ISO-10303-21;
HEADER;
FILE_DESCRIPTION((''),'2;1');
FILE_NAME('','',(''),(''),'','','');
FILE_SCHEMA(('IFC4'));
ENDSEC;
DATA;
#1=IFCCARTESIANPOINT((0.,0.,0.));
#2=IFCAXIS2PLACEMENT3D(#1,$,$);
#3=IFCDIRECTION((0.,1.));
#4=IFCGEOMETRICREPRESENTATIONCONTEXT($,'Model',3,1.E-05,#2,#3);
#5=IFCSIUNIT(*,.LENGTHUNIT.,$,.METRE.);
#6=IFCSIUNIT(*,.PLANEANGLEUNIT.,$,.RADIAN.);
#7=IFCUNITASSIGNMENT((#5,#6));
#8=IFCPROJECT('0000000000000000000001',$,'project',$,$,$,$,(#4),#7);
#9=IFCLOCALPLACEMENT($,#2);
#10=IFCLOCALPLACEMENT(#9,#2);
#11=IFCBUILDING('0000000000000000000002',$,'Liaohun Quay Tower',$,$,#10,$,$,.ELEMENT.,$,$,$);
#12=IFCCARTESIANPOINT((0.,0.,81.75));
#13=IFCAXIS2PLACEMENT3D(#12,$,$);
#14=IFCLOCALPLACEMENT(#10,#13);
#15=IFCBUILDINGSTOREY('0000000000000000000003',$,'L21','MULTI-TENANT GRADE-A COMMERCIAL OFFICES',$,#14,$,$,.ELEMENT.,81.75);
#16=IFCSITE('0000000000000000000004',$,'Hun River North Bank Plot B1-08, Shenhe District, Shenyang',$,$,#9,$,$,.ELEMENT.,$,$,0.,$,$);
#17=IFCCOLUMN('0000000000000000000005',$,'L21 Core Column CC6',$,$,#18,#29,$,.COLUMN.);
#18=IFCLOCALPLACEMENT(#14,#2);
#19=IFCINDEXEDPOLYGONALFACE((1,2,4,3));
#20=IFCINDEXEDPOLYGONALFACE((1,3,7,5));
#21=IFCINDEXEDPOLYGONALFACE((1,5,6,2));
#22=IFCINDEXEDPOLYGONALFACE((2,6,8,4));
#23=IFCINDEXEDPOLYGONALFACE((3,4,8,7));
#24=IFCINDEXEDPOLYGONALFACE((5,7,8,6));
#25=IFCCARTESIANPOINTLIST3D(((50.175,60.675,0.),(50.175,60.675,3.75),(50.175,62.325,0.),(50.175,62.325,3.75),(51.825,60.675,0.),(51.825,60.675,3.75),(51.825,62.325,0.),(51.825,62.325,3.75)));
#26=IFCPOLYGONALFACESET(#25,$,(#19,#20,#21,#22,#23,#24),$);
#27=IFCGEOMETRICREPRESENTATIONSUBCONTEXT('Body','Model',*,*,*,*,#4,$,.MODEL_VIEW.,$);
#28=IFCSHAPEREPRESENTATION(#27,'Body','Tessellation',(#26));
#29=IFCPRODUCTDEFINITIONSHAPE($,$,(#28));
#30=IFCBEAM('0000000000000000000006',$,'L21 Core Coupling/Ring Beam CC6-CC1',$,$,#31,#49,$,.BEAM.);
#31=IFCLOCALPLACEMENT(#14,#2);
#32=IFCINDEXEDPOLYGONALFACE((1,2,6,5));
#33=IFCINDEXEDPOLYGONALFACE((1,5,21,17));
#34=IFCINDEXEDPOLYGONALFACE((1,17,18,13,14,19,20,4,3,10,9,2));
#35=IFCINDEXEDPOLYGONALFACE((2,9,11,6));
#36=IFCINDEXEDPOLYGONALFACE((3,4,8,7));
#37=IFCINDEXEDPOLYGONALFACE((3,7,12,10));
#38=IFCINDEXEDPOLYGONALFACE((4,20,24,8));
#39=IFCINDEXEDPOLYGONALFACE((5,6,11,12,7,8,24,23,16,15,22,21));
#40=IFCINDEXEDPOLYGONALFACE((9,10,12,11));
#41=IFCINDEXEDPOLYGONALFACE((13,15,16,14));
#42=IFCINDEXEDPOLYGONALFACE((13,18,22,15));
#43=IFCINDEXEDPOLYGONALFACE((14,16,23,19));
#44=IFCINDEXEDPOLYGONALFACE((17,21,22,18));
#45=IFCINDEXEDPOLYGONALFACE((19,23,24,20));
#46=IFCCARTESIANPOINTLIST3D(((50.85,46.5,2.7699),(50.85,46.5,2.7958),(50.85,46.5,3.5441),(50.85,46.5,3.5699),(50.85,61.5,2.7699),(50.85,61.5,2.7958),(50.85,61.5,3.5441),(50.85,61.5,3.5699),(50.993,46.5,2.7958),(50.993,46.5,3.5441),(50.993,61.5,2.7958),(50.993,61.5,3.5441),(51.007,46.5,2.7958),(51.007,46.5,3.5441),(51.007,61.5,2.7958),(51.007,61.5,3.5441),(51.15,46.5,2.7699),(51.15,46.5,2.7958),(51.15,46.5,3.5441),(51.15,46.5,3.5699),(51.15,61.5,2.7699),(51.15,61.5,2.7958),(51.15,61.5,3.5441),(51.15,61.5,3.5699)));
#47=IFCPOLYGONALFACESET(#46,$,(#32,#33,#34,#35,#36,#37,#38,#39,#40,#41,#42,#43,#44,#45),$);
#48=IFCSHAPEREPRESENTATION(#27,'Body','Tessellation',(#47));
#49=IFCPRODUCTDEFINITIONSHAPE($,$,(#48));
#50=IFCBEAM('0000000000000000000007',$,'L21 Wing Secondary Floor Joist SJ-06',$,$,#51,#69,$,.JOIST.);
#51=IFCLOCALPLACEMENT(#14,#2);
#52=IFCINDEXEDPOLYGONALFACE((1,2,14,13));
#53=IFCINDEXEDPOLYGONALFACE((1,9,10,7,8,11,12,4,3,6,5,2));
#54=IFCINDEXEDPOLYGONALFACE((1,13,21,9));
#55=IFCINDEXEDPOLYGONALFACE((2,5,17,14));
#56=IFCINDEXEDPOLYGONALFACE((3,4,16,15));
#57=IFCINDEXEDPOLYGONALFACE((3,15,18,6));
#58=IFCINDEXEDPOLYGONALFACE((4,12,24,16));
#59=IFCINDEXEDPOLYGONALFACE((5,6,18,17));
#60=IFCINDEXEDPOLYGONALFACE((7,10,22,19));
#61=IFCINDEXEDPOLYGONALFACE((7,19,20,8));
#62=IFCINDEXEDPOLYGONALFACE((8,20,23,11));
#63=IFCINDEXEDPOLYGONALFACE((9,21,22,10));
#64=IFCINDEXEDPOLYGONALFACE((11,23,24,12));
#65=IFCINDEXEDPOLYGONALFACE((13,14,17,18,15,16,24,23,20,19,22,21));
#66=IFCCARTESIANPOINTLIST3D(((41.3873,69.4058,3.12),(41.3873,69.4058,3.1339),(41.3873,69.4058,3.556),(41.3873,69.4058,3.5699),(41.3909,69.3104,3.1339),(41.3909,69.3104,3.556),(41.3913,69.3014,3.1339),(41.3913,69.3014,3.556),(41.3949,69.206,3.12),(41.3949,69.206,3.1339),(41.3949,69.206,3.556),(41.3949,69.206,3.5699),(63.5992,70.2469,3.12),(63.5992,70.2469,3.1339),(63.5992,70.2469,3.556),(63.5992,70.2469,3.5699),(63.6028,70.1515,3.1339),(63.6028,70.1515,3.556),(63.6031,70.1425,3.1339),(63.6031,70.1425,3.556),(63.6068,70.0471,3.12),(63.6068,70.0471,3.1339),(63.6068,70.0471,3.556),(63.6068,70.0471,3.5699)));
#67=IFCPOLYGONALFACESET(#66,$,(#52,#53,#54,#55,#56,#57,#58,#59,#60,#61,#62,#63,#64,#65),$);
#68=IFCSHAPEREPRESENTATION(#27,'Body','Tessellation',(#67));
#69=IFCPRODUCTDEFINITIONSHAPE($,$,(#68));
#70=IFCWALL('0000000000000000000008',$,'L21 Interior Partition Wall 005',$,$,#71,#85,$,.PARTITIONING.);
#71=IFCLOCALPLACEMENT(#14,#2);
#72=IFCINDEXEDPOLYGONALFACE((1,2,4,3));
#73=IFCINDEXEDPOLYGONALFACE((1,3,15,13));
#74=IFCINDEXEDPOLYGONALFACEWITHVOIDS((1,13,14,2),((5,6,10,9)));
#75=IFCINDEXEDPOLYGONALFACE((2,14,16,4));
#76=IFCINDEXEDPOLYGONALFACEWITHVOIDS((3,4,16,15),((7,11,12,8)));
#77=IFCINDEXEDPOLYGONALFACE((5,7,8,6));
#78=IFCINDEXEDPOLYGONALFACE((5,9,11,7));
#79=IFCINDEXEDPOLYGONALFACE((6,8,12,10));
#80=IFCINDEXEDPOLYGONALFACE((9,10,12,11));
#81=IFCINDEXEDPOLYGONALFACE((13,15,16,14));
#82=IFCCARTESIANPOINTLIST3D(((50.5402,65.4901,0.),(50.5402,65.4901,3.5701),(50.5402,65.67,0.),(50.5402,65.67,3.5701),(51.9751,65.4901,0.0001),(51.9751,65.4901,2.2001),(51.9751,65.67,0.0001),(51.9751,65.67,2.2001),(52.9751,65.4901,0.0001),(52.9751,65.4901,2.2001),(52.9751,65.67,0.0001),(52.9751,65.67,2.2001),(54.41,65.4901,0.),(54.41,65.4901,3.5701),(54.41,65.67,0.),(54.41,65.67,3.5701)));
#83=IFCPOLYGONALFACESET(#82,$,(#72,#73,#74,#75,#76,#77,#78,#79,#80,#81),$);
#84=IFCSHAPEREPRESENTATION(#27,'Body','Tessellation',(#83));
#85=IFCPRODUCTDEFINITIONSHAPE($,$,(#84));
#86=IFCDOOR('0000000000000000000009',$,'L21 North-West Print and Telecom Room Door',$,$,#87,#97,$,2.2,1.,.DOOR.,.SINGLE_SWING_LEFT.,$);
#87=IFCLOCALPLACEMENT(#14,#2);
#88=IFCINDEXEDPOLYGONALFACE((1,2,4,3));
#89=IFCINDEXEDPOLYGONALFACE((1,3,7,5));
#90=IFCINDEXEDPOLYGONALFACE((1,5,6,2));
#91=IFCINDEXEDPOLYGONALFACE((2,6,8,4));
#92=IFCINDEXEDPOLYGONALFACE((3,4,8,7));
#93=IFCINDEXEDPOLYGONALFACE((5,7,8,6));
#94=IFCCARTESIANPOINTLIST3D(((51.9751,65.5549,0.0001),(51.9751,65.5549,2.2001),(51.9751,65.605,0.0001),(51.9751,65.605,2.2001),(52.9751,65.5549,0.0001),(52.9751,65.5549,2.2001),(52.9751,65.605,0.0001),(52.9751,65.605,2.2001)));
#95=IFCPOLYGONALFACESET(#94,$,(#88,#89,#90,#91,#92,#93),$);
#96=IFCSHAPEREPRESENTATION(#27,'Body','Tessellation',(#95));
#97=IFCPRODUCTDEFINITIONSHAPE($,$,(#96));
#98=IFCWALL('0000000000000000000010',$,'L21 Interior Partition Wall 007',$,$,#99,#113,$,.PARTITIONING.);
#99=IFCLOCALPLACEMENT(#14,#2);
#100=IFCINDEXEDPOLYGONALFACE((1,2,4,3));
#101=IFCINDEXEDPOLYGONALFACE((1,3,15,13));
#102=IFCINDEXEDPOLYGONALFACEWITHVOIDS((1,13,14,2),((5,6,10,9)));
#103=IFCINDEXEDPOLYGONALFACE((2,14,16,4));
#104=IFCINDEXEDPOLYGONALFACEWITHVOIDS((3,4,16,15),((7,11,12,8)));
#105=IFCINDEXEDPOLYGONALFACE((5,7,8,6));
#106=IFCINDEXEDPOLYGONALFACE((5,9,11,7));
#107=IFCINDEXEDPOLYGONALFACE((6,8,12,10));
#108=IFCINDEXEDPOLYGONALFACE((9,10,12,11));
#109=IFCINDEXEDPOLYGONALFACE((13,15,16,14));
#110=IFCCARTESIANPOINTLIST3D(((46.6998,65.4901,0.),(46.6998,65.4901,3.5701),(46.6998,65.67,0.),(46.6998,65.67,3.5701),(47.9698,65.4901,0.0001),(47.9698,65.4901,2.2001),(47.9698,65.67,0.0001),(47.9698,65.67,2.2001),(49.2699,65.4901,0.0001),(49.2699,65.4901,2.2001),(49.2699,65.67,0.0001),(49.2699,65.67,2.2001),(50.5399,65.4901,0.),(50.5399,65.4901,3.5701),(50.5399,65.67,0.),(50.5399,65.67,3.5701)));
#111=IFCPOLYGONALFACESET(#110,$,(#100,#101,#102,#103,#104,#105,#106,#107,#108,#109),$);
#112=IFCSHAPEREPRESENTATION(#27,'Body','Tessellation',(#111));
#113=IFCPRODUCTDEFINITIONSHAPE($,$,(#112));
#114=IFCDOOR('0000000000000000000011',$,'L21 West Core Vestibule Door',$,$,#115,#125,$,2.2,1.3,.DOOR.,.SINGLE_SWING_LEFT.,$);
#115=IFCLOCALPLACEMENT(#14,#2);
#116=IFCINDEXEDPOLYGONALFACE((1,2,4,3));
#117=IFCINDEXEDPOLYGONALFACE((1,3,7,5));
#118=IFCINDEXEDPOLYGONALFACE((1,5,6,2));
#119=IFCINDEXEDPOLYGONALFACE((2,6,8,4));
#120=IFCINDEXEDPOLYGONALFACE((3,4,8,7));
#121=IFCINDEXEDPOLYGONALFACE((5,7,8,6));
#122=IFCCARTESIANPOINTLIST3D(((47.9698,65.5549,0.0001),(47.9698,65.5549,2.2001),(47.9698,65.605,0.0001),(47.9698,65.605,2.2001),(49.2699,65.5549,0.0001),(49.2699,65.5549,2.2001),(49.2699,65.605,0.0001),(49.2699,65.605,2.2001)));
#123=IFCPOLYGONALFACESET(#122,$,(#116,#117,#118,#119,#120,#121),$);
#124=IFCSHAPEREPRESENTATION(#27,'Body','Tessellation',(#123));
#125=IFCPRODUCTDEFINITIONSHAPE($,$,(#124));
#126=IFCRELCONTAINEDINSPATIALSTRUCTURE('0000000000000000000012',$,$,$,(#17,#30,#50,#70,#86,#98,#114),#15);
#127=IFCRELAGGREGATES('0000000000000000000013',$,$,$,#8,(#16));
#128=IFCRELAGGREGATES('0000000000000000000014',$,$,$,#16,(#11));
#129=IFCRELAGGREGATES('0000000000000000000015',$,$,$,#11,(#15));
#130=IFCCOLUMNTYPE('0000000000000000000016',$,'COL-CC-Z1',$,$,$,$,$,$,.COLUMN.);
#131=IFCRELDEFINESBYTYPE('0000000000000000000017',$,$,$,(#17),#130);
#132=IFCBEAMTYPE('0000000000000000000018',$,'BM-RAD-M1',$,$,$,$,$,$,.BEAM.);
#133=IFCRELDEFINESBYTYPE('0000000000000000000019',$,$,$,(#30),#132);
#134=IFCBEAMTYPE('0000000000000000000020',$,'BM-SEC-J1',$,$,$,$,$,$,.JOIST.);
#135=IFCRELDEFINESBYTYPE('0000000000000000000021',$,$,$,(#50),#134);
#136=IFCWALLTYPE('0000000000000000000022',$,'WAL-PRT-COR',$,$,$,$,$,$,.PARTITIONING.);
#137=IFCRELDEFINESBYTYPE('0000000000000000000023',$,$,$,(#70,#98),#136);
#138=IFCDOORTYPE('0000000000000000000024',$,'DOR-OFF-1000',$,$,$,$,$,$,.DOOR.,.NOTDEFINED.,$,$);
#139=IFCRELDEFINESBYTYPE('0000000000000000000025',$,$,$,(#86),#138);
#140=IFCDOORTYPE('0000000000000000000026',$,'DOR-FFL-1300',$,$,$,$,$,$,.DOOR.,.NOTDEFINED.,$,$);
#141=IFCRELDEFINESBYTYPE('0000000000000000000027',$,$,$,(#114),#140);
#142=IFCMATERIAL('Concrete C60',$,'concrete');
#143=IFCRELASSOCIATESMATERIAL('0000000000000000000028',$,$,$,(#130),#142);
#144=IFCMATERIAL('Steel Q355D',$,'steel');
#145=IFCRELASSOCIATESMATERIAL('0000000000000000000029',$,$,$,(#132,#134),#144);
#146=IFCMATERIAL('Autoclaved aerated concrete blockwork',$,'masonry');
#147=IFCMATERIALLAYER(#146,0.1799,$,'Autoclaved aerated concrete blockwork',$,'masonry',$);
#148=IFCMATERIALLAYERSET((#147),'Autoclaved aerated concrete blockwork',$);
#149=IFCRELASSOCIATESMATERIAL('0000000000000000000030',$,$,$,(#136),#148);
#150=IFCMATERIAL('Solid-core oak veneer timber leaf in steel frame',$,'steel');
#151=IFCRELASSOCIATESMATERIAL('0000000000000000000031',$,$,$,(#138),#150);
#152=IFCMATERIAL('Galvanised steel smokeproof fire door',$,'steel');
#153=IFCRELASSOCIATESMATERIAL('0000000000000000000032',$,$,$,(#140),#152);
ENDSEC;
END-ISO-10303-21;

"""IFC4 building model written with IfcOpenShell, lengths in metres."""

from ifc_helpers import new_model, si_unit, direction, frame, frame_2d, origin, origin_2d, place, context, subcontext, project, spatial, rectangle, i_section, extrude, source, transform, mapped, material, layer, layer_set, material_profile, profile_set, type_object, element, fill, save


model = new_model("IFC4")

# Units and contexts
model_context = context("Model", 3, precision=1e-05, world=origin(), true_north=direction((0.0, 1.0)))
body_context = subcontext(model_context, "Body", "Model", "MODEL_VIEW")
ifc_project = project(units=[si_unit("LENGTHUNIT", "METRE"), si_unit("PLANEANGLEUNIT", "RADIAN")], contexts=[model_context])

# Site, building, storey
site_placement = place(None, origin())
site = spatial("IfcSite", under=ifc_project, at=site_placement, Name="Hun River North Bank Plot B1-08, Shenhe District, Shenyang", CompositionType="ELEMENT", RefElevation=0.0)
building_placement = place(site_placement, origin())
building = spatial("IfcBuilding", under=site, at=building_placement, Name="Liaohun Quay Tower", CompositionType="ELEMENT")
storey_placement = place(building_placement, frame((0.0, 0.0, 81.75)))
storey = spatial("IfcBuildingStorey", under=building, at=storey_placement, Name="L21", Description="MULTI-TENANT GRADE-A COMMERCIAL OFFICES", CompositionType="ELEMENT", Elevation=81.75)

# Column
ifc_material_1 = material(Name="Concrete C60", Category="concrete")
ifc_material_profile_1 = material_profile(ifc_material_1, rectangle(XDim=1.6499, YDim=1.6499, at=origin_2d()), Name="RC1650x1650")
ifc_profile_set_1 = profile_set([ifc_material_profile_1], Name="Concrete C60")
column_type = type_object("IfcColumnType", Name="COL-CC-Z1", PredefinedType="COLUMN", material=ifc_profile_set_1)
shared_shape_1 = source(origin(), body_context, "Body", "SweptSolid", [
    extrude(rectangle(XDim=1.6499, YDim=1.6499, at=origin_2d()), origin(), (0.0, 0.0, 1.0), 3.75),
])
column_placement = place(storey_placement, frame((51.0, 61.5, 0.0), z_axis=(0.0, 0.0, 1.0), x_axis=(1.0, 0.0, 0.0)))
element("IfcColumn", 1, at=column_placement, inside=storey, type_object=column_type, Name="L21 Core Column CC6", PredefinedType="COLUMN", context=body_context, shape_type="MappedRepresentation", body=[
    mapped(shared_shape_1, transform((0.0, 0.0, 0.0), x_axis=(1.0, 0.0, 0.0), y_axis=(0.0, 1.0, 0.0), z_axis=(0.0, 0.0, 1.0), scale=1.0)),
])

# Beams
ifc_material_2 = material(Name="Steel Q355D", Category="steel")
ifc_material_profile_2 = material_profile(ifc_material_2, i_section(OverallWidth=0.3, OverallDepth=0.8, WebThickness=0.0139, FlangeThickness=0.0259, at=origin_2d()), Name="HN800x300x14x26")
ifc_profile_set_2 = profile_set([ifc_material_profile_2], Name="Steel Q355D")
beam_type_1 = type_object("IfcBeamType", Name="BM-RAD-M1", PredefinedType="BEAM", material=ifc_profile_set_2)
shared_shape_2 = source(origin(), body_context, "Body", "SweptSolid", [
    extrude(i_section(OverallWidth=0.3, OverallDepth=0.8, WebThickness=0.0139, FlangeThickness=0.0259, at=origin_2d()), origin(), (0.0, 0.0, 1.0), 15.0),
])
beam_1_placement = place(storey_placement, frame((51.0, 61.5, 3.1699), z_axis=(0.0, -1.0, 0.0), x_axis=(1.0, 0.0, 0.0)))
element("IfcBeam", 2, at=beam_1_placement, inside=storey, type_object=beam_type_1, Name="L21 Core Coupling/Ring Beam CC6-CC1", PredefinedType="BEAM", context=body_context, shape_type="MappedRepresentation", body=[
    mapped(shared_shape_2, transform((0.0, 0.0, 0.0), x_axis=(1.0, 0.0, 0.0), y_axis=(0.0, 1.0, 0.0), z_axis=(0.0, 0.0, 1.0), scale=1.0)),
])
ifc_material_profile_3 = material_profile(ifc_material_2, i_section(OverallWidth=0.2, OverallDepth=0.45, WebThickness=0.009, FlangeThickness=0.0139, at=origin_2d()), Name="HN450x200x9x14")
ifc_profile_set_3 = profile_set([ifc_material_profile_3], Name="Steel Q355D")
beam_type_2 = type_object("IfcBeamType", Name="BM-SEC-J1", PredefinedType="JOIST", material=ifc_profile_set_3)
shared_shape_3 = source(origin(), body_context, "Body", "SweptSolid", [
    extrude(i_section(OverallWidth=0.2, OverallDepth=0.45, WebThickness=0.009, FlangeThickness=0.0139, at=origin_2d()), origin(), (0.0, 0.0, 1.0), 22.2278),
])
beam_2_placement = place(storey_placement, frame((41.3911, 69.3059, 3.345), z_axis=(0.999284, 0.037838, 0.0), x_axis=(-0.037838, 0.999284, 0.0)))
element("IfcBeam", 3, at=beam_2_placement, inside=storey, type_object=beam_type_2, Name="L21 Wing Secondary Floor Joist SJ-06", PredefinedType="JOIST", context=body_context, shape_type="MappedRepresentation", body=[
    mapped(shared_shape_3, transform((0.0, 0.0, 0.0), x_axis=(1.0, 0.0, 0.0), y_axis=(0.0, 1.0, 0.0), z_axis=(0.0, 0.0, 1.0), scale=1.0)),
])

# Walls, openings, doors
ifc_material_3 = material(Name="Autoclaved aerated concrete blockwork", Category="masonry")
ifc_layer_1 = layer(ifc_material_3, 0.1799, Name="Autoclaved aerated concrete blockwork", Category="masonry")
ifc_layer_set_1 = layer_set([ifc_layer_1], Name="Autoclaved aerated concrete blockwork")
wall_type_1 = type_object("IfcWallType", Name="WAL-PRT-COR", PredefinedType="PARTITIONING", material=ifc_layer_set_1)
wall_1_placement = place(storey_placement, frame((50.54, 65.5801, 0.0), z_axis=(0.0, 0.0, 1.0), x_axis=(1.0, 0.0, 0.0)))
wall_1 = element("IfcWall", 4, at=wall_1_placement, inside=storey, type_object=wall_type_1, Name="L21 Interior Partition Wall 005", PredefinedType="PARTITIONING", context=body_context, shape_type="SweptSolid", body=[
    extrude(rectangle(XDim=3.8699, YDim=0.1799, at=frame_2d((1.9351, 0.0))), origin(), (0.0, 0.0, 1.0), 3.5701),
])
shared_shape_4 = source(origin(), body_context, "Body", "SweptSolid", [
    extrude(rectangle(XDim=1.0, YDim=2.2, at=frame_2d((0.5, 1.1001))), frame((0.0, 0.0999, 0.0), z_axis=(0.0, -1.0, 0.0), x_axis=(1.0, 0.0, 0.0)), (0.0, 0.0, 1.0), 0.2),
])
opening_1_placement = place(wall_1_placement, frame((1.4351, 0.0, 0.0)))
opening_1 = element("IfcOpeningElement", 5, at=opening_1_placement, cuts=wall_1, PredefinedType="OPENING", context=body_context, shape_type="MappedRepresentation", body=[
    mapped(shared_shape_4, transform((0.0, 0.0, 0.0), x_axis=(1.0, 0.0, 0.0), y_axis=(0.0, 1.0, 0.0), z_axis=(0.0, 0.0, 1.0), scale=1.0)),
])
ifc_material_4 = material(Name="Solid-core oak veneer timber leaf in steel frame", Category="steel")
door_type_1 = type_object("IfcDoorType", Name="DOR-OFF-1000", OperationType="NOTDEFINED", PredefinedType="DOOR", material=ifc_material_4)
shared_shape_5 = source(origin(), body_context, "Body", "SweptSolid", [
    extrude(rectangle(XDim=1.0, YDim=2.2, at=frame_2d((0.5, 1.1001))), frame((0.0, 0.0249, 0.0), z_axis=(0.0, -1.0, 0.0), x_axis=(1.0, 0.0, 0.0)), (0.0, 0.0, 1.0), 0.05),
])
door_1_placement = place(opening_1_placement, origin())
door_1 = element("IfcDoor", 6, at=door_1_placement, inside=storey, type_object=door_type_1, Name="L21 North-West Print and Telecom Room Door", OperationType="SINGLE_SWING_LEFT", OverallHeight=2.2, OverallWidth=1.0, PredefinedType="DOOR", context=body_context, shape_type="MappedRepresentation", body=[
    mapped(shared_shape_5, transform((0.0, 0.0, 0.0), x_axis=(1.0, 0.0, 0.0), y_axis=(0.0, 1.0, 0.0), z_axis=(0.0, 0.0, 1.0), scale=1.0)),
])
fill(opening_1, door_1)
wall_2_placement = place(storey_placement, frame((46.7, 65.5801, 0.0), z_axis=(0.0, 0.0, 1.0), x_axis=(1.0, 0.0, 0.0)))
wall_2 = element("IfcWall", 7, at=wall_2_placement, inside=storey, type_object=wall_type_1, Name="L21 Interior Partition Wall 007", PredefinedType="PARTITIONING", context=body_context, shape_type="SweptSolid", body=[
    extrude(rectangle(XDim=3.8401, YDim=0.1799, at=frame_2d((1.9199, 0.0))), origin(), (0.0, 0.0, 1.0), 3.5701),
])
shared_shape_6 = source(origin(), body_context, "Body", "SweptSolid", [
    extrude(rectangle(XDim=1.3, YDim=2.2, at=frame_2d((0.6499, 1.1001))), frame((0.0, 0.0999, 0.0), z_axis=(0.0, -1.0, 0.0), x_axis=(1.0, 0.0, 0.0)), (0.0, 0.0, 1.0), 0.2),
])
opening_2_placement = place(wall_2_placement, frame((1.27, 0.0, 0.0)))
opening_2 = element("IfcOpeningElement", 8, at=opening_2_placement, cuts=wall_2, PredefinedType="OPENING", context=body_context, shape_type="MappedRepresentation", body=[
    mapped(shared_shape_6, transform((0.0, 0.0, 0.0), x_axis=(1.0, 0.0, 0.0), y_axis=(0.0, 1.0, 0.0), z_axis=(0.0, 0.0, 1.0), scale=1.0)),
])
ifc_material_5 = material(Name="Galvanised steel smokeproof fire door", Category="steel")
door_type_2 = type_object("IfcDoorType", Name="DOR-FFL-1300", OperationType="NOTDEFINED", PredefinedType="DOOR", material=ifc_material_5)
shared_shape_7 = source(origin(), body_context, "Body", "SweptSolid", [
    extrude(rectangle(XDim=1.3, YDim=2.2, at=frame_2d((0.6499, 1.1001))), frame((0.0, 0.0249, 0.0), z_axis=(0.0, -1.0, 0.0), x_axis=(1.0, 0.0, 0.0)), (0.0, 0.0, 1.0), 0.05),
])
door_2_placement = place(opening_2_placement, origin())
door_2 = element("IfcDoor", 9, at=door_2_placement, inside=storey, type_object=door_type_2, Name="L21 West Core Vestibule Door", OperationType="SINGLE_SWING_LEFT", OverallHeight=2.2, OverallWidth=1.3, PredefinedType="DOOR", context=body_context, shape_type="MappedRepresentation", body=[
    mapped(shared_shape_7, transform((0.0, 0.0, 0.0), x_axis=(1.0, 0.0, 0.0), y_axis=(0.0, 1.0, 0.0), z_axis=(0.0, 0.0, 1.0), scale=1.0)),
])
fill(opening_2, door_2)

save(model, "model.ifc")
